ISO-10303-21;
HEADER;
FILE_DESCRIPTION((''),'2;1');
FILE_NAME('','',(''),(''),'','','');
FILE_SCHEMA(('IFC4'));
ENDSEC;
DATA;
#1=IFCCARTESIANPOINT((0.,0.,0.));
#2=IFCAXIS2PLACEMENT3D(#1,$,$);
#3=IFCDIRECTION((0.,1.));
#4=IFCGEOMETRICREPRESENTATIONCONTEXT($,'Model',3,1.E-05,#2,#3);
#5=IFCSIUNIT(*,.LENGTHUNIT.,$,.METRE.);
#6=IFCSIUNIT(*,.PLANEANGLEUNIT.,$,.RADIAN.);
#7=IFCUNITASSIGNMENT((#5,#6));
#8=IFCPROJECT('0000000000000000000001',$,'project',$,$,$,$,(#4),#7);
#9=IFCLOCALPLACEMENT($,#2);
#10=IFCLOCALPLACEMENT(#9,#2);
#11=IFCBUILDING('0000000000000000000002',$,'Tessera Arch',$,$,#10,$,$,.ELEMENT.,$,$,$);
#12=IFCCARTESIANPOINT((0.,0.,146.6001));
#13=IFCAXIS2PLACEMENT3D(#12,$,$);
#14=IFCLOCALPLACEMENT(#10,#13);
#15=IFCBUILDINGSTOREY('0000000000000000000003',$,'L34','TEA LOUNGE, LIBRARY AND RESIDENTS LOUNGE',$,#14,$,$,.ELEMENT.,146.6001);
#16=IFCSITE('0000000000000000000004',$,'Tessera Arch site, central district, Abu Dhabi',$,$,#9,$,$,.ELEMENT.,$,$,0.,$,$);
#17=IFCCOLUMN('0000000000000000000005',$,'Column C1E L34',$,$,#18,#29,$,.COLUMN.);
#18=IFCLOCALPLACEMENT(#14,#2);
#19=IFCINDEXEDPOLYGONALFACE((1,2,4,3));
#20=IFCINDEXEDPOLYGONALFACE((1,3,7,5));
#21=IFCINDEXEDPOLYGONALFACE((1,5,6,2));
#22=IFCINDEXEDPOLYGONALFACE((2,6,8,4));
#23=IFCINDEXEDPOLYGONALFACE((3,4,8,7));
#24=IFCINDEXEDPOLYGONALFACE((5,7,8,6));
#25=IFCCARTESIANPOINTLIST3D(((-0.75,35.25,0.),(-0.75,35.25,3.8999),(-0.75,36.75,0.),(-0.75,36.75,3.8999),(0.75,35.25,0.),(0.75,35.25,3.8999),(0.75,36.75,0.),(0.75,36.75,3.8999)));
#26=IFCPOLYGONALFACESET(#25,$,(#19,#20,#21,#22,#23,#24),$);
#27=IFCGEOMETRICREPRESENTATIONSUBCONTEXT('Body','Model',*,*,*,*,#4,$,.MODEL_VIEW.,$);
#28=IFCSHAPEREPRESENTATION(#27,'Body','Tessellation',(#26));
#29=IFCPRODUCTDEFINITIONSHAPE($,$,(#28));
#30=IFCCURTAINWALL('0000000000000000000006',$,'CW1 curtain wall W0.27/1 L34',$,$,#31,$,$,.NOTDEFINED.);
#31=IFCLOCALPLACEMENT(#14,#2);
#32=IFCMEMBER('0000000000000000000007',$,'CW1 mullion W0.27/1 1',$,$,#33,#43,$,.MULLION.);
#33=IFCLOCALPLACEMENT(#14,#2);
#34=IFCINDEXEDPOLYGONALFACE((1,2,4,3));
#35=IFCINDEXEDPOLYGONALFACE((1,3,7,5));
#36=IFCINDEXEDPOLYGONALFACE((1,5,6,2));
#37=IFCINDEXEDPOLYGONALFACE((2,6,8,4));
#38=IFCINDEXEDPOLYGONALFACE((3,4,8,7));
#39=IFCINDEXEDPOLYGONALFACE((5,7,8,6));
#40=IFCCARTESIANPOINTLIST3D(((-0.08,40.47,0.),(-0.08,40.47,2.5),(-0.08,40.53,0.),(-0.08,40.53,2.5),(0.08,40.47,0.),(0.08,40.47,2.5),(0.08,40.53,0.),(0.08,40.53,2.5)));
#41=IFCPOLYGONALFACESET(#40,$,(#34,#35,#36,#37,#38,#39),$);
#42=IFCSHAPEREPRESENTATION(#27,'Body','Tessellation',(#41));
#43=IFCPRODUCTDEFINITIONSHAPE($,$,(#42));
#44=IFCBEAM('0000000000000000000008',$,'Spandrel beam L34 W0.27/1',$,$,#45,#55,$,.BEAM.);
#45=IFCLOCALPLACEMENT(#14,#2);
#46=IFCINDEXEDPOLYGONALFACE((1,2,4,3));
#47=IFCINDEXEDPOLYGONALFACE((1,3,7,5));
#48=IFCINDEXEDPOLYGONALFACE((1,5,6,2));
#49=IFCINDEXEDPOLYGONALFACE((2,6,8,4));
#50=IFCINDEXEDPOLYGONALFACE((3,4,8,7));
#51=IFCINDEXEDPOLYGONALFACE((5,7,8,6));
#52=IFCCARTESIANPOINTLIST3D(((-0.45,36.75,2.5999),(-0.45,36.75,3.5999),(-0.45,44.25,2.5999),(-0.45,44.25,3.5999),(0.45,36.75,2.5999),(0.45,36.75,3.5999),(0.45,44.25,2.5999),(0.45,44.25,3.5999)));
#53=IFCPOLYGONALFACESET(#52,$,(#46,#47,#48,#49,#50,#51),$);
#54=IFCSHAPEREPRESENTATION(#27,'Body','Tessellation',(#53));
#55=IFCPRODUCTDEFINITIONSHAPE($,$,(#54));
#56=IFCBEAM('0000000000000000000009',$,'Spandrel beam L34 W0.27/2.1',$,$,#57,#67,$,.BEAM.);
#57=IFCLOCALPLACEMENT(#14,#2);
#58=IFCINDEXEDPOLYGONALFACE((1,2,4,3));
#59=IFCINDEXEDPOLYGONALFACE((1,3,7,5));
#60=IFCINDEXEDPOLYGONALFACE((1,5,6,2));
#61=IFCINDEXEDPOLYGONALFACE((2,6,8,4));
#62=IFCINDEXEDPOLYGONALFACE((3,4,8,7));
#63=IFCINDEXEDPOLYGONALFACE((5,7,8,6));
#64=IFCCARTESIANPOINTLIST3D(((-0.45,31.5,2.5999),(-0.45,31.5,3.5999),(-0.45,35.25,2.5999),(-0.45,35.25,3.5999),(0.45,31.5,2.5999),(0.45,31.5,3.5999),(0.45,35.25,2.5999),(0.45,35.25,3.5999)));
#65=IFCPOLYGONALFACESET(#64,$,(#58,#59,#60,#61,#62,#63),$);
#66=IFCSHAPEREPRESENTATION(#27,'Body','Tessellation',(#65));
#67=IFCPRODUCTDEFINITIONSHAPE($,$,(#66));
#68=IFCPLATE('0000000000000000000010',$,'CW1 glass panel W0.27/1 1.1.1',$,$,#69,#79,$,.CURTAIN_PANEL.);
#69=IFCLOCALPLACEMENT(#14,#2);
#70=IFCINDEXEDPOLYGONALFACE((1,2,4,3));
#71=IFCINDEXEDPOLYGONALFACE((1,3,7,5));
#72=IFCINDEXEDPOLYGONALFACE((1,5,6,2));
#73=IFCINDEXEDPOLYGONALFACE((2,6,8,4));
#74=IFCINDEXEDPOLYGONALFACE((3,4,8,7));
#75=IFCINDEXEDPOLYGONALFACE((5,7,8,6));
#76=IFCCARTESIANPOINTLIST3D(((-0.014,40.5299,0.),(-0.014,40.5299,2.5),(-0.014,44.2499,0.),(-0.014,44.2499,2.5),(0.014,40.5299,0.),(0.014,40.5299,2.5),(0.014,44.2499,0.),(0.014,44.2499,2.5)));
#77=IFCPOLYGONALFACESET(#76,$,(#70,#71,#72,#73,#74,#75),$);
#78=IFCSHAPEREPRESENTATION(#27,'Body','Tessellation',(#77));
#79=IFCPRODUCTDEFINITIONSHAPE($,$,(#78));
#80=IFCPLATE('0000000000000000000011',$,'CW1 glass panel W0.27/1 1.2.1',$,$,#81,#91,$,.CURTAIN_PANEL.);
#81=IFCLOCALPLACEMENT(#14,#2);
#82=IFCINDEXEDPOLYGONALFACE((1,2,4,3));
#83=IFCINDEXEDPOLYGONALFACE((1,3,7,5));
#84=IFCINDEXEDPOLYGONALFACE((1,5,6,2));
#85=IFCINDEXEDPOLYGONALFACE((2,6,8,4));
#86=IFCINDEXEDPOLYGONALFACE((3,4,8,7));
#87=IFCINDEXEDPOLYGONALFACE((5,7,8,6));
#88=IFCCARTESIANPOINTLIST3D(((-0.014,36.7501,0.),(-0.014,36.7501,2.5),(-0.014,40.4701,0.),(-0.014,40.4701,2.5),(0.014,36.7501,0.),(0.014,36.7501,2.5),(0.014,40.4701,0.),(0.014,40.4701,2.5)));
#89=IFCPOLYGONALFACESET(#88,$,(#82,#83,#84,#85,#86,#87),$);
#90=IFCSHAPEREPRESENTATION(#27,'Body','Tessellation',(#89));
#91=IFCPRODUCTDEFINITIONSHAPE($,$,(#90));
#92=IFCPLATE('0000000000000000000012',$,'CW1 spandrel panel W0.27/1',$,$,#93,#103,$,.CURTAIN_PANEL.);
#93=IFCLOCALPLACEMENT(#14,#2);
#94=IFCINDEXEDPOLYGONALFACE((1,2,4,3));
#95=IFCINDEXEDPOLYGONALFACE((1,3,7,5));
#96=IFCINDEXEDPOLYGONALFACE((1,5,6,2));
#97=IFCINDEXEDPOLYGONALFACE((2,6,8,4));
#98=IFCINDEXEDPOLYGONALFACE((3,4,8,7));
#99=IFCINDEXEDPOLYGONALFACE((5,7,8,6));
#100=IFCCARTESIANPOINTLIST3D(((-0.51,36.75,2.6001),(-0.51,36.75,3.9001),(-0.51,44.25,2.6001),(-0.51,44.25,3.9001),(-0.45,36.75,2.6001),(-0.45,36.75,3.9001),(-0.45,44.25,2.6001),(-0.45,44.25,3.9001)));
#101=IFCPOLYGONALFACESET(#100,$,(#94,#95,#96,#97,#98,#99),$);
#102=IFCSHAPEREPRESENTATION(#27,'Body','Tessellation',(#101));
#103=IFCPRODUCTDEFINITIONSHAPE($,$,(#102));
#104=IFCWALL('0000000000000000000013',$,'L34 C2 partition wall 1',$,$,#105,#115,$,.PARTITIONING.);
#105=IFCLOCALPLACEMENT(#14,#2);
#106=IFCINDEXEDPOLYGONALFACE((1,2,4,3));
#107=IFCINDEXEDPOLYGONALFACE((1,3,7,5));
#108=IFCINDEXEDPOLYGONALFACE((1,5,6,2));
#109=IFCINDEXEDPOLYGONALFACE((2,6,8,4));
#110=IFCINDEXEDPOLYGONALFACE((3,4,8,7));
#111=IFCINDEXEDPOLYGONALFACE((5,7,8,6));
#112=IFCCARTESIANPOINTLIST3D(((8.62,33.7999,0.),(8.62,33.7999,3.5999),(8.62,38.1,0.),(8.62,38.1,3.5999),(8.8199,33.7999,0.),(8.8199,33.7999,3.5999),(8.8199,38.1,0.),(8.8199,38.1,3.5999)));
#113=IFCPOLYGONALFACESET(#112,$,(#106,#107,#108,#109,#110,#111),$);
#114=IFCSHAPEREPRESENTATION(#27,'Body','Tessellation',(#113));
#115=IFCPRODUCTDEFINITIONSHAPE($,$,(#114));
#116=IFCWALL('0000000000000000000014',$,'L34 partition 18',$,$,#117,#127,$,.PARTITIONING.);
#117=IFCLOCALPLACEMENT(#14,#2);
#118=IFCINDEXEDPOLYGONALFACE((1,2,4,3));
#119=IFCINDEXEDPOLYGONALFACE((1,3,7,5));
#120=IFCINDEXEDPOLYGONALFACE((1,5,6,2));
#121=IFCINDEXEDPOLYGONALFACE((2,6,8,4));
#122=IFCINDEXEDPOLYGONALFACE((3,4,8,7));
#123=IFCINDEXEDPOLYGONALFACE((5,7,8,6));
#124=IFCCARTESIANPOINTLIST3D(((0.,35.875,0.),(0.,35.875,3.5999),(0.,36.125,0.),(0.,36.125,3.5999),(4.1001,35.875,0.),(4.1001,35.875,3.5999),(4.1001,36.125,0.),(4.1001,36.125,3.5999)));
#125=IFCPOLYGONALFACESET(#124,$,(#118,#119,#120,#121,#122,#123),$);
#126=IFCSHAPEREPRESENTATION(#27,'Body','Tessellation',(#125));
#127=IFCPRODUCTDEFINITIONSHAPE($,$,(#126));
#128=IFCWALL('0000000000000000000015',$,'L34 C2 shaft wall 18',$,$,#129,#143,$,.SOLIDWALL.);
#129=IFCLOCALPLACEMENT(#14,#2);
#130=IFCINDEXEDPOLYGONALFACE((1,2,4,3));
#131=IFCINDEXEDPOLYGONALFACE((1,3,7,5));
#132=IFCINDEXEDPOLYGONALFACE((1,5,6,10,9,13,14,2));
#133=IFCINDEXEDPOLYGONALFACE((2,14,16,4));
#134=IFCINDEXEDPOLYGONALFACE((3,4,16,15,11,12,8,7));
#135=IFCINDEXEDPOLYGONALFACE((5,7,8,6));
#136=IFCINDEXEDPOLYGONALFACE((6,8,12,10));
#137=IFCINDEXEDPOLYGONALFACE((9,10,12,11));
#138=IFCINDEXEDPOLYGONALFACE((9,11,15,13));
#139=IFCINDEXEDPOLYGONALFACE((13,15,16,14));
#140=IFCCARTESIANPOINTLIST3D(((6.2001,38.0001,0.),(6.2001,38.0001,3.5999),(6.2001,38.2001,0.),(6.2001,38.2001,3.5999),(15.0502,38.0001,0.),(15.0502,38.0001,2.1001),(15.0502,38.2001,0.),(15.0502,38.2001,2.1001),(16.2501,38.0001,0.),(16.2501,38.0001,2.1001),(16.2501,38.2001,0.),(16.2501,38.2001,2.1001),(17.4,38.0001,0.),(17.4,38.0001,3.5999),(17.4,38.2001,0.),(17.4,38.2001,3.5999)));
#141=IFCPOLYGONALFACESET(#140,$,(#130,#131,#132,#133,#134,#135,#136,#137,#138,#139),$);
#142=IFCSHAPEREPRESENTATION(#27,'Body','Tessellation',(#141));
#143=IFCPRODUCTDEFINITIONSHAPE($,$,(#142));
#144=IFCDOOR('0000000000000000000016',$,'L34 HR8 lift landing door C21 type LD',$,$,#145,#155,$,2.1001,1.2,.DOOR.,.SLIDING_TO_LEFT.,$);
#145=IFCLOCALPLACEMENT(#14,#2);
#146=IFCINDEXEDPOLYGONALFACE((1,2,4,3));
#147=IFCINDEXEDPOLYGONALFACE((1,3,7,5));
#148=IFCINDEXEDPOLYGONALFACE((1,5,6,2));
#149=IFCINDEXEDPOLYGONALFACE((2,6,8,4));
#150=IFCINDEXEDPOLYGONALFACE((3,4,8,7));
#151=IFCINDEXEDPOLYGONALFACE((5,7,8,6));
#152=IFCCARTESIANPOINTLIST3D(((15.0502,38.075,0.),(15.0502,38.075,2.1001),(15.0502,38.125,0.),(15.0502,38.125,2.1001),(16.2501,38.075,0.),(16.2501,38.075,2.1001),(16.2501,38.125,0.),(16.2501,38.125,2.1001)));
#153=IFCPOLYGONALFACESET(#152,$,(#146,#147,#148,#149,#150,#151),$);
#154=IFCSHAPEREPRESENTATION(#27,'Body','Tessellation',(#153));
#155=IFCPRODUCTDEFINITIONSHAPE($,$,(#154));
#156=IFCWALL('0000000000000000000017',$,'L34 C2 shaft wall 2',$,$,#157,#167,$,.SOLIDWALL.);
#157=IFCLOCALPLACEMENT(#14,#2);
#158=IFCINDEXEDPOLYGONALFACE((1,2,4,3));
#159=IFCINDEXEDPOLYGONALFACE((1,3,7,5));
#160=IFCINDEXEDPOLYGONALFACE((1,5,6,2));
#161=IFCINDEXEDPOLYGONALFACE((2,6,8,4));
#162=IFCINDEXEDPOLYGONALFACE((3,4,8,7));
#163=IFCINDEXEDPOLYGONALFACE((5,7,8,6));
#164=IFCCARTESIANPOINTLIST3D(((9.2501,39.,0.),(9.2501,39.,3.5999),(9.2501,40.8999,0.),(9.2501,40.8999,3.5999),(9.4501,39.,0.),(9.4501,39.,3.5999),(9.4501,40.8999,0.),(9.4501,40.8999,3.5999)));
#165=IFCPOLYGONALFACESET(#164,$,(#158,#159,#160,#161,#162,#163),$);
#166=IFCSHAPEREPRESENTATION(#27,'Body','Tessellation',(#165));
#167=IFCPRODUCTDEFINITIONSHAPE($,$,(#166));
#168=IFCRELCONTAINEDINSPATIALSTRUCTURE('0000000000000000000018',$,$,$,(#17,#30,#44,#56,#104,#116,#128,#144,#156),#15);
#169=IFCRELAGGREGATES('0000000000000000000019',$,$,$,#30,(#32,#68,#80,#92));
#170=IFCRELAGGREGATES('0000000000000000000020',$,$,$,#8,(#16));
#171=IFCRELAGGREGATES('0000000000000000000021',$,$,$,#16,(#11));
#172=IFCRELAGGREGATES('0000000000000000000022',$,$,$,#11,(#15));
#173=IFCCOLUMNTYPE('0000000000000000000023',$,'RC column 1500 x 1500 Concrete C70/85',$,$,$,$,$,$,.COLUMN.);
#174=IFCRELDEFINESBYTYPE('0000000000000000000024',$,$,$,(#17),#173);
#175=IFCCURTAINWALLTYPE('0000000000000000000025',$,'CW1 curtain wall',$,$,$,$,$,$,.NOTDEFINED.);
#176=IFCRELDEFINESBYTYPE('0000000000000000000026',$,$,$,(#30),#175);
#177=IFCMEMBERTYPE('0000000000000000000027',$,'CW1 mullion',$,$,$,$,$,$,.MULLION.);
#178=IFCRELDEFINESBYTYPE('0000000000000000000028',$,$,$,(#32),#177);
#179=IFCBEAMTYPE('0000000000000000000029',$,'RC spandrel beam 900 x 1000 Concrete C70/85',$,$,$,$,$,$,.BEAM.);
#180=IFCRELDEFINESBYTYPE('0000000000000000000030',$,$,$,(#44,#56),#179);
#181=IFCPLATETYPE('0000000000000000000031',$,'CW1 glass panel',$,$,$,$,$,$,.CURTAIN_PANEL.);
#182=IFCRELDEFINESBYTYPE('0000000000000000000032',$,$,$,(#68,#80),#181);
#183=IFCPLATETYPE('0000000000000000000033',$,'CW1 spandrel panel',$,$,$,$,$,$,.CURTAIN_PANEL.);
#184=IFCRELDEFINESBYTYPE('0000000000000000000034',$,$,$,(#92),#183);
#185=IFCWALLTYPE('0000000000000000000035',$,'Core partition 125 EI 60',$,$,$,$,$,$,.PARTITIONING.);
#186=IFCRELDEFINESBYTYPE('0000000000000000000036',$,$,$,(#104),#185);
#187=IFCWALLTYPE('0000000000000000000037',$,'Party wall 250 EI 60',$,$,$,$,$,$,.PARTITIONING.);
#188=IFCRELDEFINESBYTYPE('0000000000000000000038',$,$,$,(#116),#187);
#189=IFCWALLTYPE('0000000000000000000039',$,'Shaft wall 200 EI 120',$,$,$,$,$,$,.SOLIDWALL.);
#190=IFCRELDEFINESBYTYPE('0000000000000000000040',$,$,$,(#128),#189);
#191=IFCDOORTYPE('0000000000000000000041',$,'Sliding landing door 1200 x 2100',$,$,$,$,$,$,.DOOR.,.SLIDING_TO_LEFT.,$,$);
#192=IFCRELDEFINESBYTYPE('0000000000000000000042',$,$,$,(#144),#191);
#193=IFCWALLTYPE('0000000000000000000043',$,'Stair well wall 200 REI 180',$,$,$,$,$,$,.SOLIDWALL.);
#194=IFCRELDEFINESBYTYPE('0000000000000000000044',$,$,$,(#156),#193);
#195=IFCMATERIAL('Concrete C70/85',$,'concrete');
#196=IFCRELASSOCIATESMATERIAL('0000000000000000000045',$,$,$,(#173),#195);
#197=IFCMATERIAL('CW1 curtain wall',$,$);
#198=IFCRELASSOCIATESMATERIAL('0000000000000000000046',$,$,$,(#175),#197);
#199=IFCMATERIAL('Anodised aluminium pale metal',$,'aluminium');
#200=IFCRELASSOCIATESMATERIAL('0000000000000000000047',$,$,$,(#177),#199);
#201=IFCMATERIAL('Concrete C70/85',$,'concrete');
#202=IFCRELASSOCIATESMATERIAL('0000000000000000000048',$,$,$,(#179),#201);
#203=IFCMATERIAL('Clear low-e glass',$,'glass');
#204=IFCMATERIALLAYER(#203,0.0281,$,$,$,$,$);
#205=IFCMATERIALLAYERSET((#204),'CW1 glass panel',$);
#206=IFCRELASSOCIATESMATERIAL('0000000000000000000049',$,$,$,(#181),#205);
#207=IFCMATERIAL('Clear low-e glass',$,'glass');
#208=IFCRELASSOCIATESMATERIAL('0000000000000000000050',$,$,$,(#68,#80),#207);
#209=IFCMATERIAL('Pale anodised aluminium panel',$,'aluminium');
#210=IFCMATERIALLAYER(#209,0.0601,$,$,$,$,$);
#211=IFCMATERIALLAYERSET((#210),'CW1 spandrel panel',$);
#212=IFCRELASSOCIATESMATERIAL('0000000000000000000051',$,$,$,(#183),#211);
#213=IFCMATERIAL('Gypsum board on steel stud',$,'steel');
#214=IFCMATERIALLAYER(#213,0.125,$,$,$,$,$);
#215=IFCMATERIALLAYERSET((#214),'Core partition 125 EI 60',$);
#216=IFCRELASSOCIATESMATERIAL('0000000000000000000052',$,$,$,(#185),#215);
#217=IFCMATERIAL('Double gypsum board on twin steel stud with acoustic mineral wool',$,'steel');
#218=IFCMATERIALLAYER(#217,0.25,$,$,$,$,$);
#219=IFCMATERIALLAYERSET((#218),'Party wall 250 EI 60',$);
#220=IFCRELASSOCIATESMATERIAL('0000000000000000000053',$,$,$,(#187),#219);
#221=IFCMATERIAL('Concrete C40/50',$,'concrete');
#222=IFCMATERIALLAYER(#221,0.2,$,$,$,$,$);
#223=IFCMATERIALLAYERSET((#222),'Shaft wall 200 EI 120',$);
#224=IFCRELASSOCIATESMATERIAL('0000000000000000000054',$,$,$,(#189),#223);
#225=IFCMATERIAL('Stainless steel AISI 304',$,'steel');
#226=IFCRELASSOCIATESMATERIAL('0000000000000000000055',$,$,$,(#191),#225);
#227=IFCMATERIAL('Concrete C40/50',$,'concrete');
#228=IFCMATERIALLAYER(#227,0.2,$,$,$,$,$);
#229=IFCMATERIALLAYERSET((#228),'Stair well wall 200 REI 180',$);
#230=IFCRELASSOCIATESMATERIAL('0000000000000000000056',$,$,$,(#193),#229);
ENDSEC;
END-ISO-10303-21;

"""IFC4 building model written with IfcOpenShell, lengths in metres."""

from ifc_helpers import new_model, si_unit, direction, frame, frame_2d, origin, origin_2d, place, context, subcontext, project, spatial, rectangle, extrude, material, layer, layer_set, material_profile, profile_set, type_object, element, fill, aggregate, save


model = new_model("IFC4")

# Units and contexts
model_context = context("Model", 3, precision=1e-05, world=origin(), true_north=direction((0.0, 1.0)))
body_context = subcontext(model_context, "Body", "Model", "MODEL_VIEW")
ifc_project = project(units=[si_unit("LENGTHUNIT", "METRE"), si_unit("PLANEANGLEUNIT", "RADIAN")], contexts=[model_context])

# Site, building, storey
site_placement = place(None, origin())
site = spatial("IfcSite", under=ifc_project, at=site_placement, Name="Tessera Arch site, central district, Abu Dhabi", CompositionType="ELEMENT", RefElevation=0.0)
building_placement = place(site_placement, origin())
building = spatial("IfcBuilding", under=site, at=building_placement, Name="Tessera Arch", CompositionType="ELEMENT")
storey_placement = place(building_placement, frame((0.0, 0.0, 146.6001)))
storey = spatial("IfcBuildingStorey", under=building, at=storey_placement, Name="L34", Description="TEA LOUNGE, LIBRARY AND RESIDENTS LOUNGE", CompositionType="ELEMENT", Elevation=146.6001)

# Column
ifc_material_1 = material(Name="Concrete C70/85", Category="concrete")
ifc_material_profile_1 = material_profile(ifc_material_1, rectangle(XDim=1.5, YDim=1.5, at=origin_2d()), Name="RC column 1500 x 1500 Concrete C70/85")
ifc_profile_set_1 = profile_set([ifc_material_profile_1], Name="Concrete C70/85")
column_type = type_object("IfcColumnType", Name="RC column 1500 x 1500 Concrete C70/85", PredefinedType="COLUMN", material=ifc_profile_set_1)
column_placement = place(storey_placement, frame((0.0, 36.0, 0.0), z_axis=(0.0, 0.0, 1.0), x_axis=(1.0, 0.0, 0.0)))
element("IfcColumn", 1, at=column_placement, inside=storey, type_object=column_type, Name="Column C1E L34", PredefinedType="COLUMN", context=body_context, shape_type="SweptSolid", body=[
    extrude(rectangle(XDim=1.5, YDim=1.5, at=origin_2d()), origin(), (0.0, 0.0, 1.0), 3.8999),
])

# Curtain wall, member
ifc_material_2 = material(Name="CW1 curtain wall")
curtain_wall_type = type_object("IfcCurtainWallType", Name="CW1 curtain wall", PredefinedType="NOTDEFINED", material=ifc_material_2)
curtain_wall_placement = place(storey_placement, origin())
curtain_wall = element("IfcCurtainWall", 2, at=curtain_wall_placement, inside=storey, type_object=curtain_wall_type, Name="CW1 curtain wall W0.27/1 L34", PredefinedType="NOTDEFINED")
ifc_material_3 = material(Name="Anodised aluminium pale metal", Category="aluminium")
ifc_material_profile_2 = material_profile(ifc_material_3, rectangle(XDim=0.1599, YDim=0.0601, at=origin_2d()), Name="AL 60x160")
ifc_profile_set_2 = profile_set([ifc_material_profile_2], Name="Anodised aluminium pale metal")
member_type = type_object("IfcMemberType", Name="CW1 mullion", PredefinedType="MULLION", material=ifc_profile_set_2)
member_placement = place(storey_placement, frame((0.0, 40.5, 0.0), z_axis=(0.0, 0.0, 1.0), x_axis=(1.0, 0.0, 0.0)))
member = element("IfcMember", 3, at=member_placement, type_object=member_type, Name="CW1 mullion W0.27/1 1", PredefinedType="MULLION", context=body_context, shape_type="SweptSolid", body=[
    extrude(rectangle(XDim=0.1599, YDim=0.0601, at=origin_2d()), origin(), (0.0, 0.0, 1.0), 2.5),
])

# Beams
ifc_material_4 = material(Name="Concrete C70/85", Category="concrete")
ifc_material_profile_3 = material_profile(ifc_material_4, rectangle(XDim=0.8999, YDim=1.0, at=origin_2d()), Name="RC spandrel beam 900 x 1000 Concrete C70/85")
ifc_profile_set_3 = profile_set([ifc_material_profile_3], Name="Concrete C70/85")
beam_type = type_object("IfcBeamType", Name="RC spandrel beam 900 x 1000 Concrete C70/85", PredefinedType="BEAM", material=ifc_profile_set_3)
beam_1_placement = place(storey_placement, frame((0.0, 44.25, 3.0999), z_axis=(0.0, -1.0, 0.0), x_axis=(1.0, 0.0, 0.0)))
element("IfcBeam", 4, at=beam_1_placement, inside=storey, type_object=beam_type, Name="Spandrel beam L34 W0.27/1", PredefinedType="BEAM", context=body_context, shape_type="SweptSolid", body=[
    extrude(rectangle(XDim=0.8999, YDim=1.0, at=origin_2d()), origin(), (0.0, 0.0, 1.0), 7.5),
])
beam_2_placement = place(storey_placement, frame((0.0, 35.25, 3.0999), z_axis=(0.0, -1.0, 0.0), x_axis=(1.0, 0.0, 0.0)))
element("IfcBeam", 5, at=beam_2_placement, inside=storey, type_object=beam_type, Name="Spandrel beam L34 W0.27/2.1", PredefinedType="BEAM", context=body_context, shape_type="SweptSolid", body=[
    extrude(rectangle(XDim=0.8999, YDim=1.0, at=origin_2d()), origin(), (0.0, 0.0, 1.0), 3.75),
])

# Plates
ifc_material_5 = material(Name="Clear low-e glass", Category="glass")
ifc_material_6 = material(Name="Clear low-e glass", Category="glass")
ifc_layer_1 = layer(ifc_material_6, 0.0281)
ifc_layer_set_1 = layer_set([ifc_layer_1], Name="CW1 glass panel")
plate_type_1 = type_object("IfcPlateType", Name="CW1 glass panel", PredefinedType="CURTAIN_PANEL", material=ifc_layer_set_1)
plate_1_placement = place(storey_placement, frame((0.0, 42.3899, 0.0), z_axis=(0.0, 0.0, 1.0), x_axis=(0.0, -1.0, 0.0)))
plate_1 = element("IfcPlate", 6, at=plate_1_placement, type_object=plate_type_1, material=ifc_material_5, Name="CW1 glass panel W0.27/1 1.1.1", PredefinedType="CURTAIN_PANEL", context=body_context, shape_type="SweptSolid", body=[
    extrude(rectangle(XDim=3.72, YDim=0.0281, at=origin_2d()), origin(), (0.0, 0.0, 1.0), 2.5),
])
plate_2_placement = place(storey_placement, frame((0.0, 38.6101, 0.0), z_axis=(0.0, 0.0, 1.0), x_axis=(0.0, -1.0, 0.0)))
plate_2 = element("IfcPlate", 7, at=plate_2_placement, type_object=plate_type_1, material=ifc_material_5, Name="CW1 glass panel W0.27/1 1.2.1", PredefinedType="CURTAIN_PANEL", context=body_context, shape_type="SweptSolid", body=[
    extrude(rectangle(XDim=3.72, YDim=0.0281, at=origin_2d()), origin(), (0.0, 0.0, 1.0), 2.5),
])
ifc_material_7 = material(Name="Pale anodised aluminium panel", Category="aluminium")
ifc_layer_2 = layer(ifc_material_7, 0.0601)
ifc_layer_set_2 = layer_set([ifc_layer_2], Name="CW1 spandrel panel")
plate_type_2 = type_object("IfcPlateType", Name="CW1 spandrel panel", PredefinedType="CURTAIN_PANEL", material=ifc_layer_set_2)
plate_3_placement = place(storey_placement, frame((-0.48, 40.5, 2.6001), z_axis=(0.0, 0.0, 1.0), x_axis=(0.0, -1.0, 0.0)))
plate_3 = element("IfcPlate", 8, at=plate_3_placement, type_object=plate_type_2, Name="CW1 spandrel panel W0.27/1", PredefinedType="CURTAIN_PANEL", context=body_context, shape_type="SweptSolid", body=[
    extrude(rectangle(XDim=7.5, YDim=0.0601, at=origin_2d()), origin(), (0.0, 0.0, 1.0), 1.3),
])
aggregate(curtain_wall, [member, plate_1, plate_2, plate_3])

# Walls
ifc_material_8 = material(Name="Gypsum board on steel stud", Category="steel")
ifc_layer_3 = layer(ifc_material_8, 0.125)
ifc_layer_set_3 = layer_set([ifc_layer_3], Name="Core partition 125 EI 60")
wall_type_1 = type_object("IfcWallType", Name="Core partition 125 EI 60", PredefinedType="PARTITIONING", material=ifc_layer_set_3)
wall_1_placement = place(storey_placement, frame((8.72, 33.8, 0.0), z_axis=(0.0, 0.0, 1.0), x_axis=(0.0, 1.0, 0.0)))
element("IfcWall", 9, at=wall_1_placement, inside=storey, type_object=wall_type_1, Name="L34 C2 partition wall 1", PredefinedType="PARTITIONING", context=body_context, shape_type="SweptSolid", body=[
    extrude(rectangle(XDim=4.3, YDim=0.2, at=frame_2d((2.1499, 0.0))), origin(), (0.0, 0.0, 1.0), 3.5999),
])
ifc_material_9 = material(Name="Double gypsum board on twin steel stud with acoustic mineral wool", Category="steel")
ifc_layer_4 = layer(ifc_material_9, 0.25)
ifc_layer_set_4 = layer_set([ifc_layer_4], Name="Party wall 250 EI 60")
wall_type_2 = type_object("IfcWallType", Name="Party wall 250 EI 60", PredefinedType="PARTITIONING", material=ifc_layer_set_4)
wall_2_placement = place(storey_placement, frame((0.0, 36.0, 0.0), z_axis=(0.0, 0.0, 1.0), x_axis=(1.0, 0.0, 0.0)))
element("IfcWall", 10, at=wall_2_placement, inside=storey, type_object=wall_type_2, Name="L34 partition 18", PredefinedType="PARTITIONING", context=body_context, shape_type="SweptSolid", body=[
    extrude(rectangle(XDim=4.1001, YDim=0.25, at=frame_2d((2.05, 0.0))), origin(), (0.0, 0.0, 1.0), 3.5999),
])

# Wall, opening, door
ifc_material_10 = material(Name="Concrete C40/50", Category="concrete")
ifc_layer_5 = layer(ifc_material_10, 0.2)
ifc_layer_set_5 = layer_set([ifc_layer_5], Name="Shaft wall 200 EI 120")
wall_type_3 = type_object("IfcWallType", Name="Shaft wall 200 EI 120", PredefinedType="SOLIDWALL", material=ifc_layer_set_5)
wall_3_placement = place(storey_placement, frame((6.2, 38.1001, 0.0), z_axis=(0.0, 0.0, 1.0), x_axis=(1.0, 0.0, 0.0)))
wall_3 = element("IfcWall", 11, at=wall_3_placement, inside=storey, type_object=wall_type_3, Name="L34 C2 shaft wall 18", PredefinedType="SOLIDWALL", context=body_context, shape_type="SweptSolid", body=[
    extrude(rectangle(XDim=11.2, YDim=0.2, at=frame_2d((5.6001, 0.0))), origin(), (0.0, 0.0, 1.0), 3.5999),
])
opening_placement = place(wall_3_placement, frame((8.8501, 0.0, 0.0)))
opening = element("IfcOpeningElement", 12, at=opening_placement, cuts=wall_3, PredefinedType="OPENING", context=body_context, shape_type="SweptSolid", body=[
    extrude(rectangle(XDim=1.2, YDim=2.1001, at=frame_2d((0.6001, 1.05))), frame((0.0, 0.1099, 0.0), z_axis=(0.0, -1.0, 0.0), x_axis=(1.0, 0.0, 0.0)), (0.0, 0.0, 1.0), 0.22),
])
ifc_material_11 = material(Name="Stainless steel AISI 304", Category="steel")
door_type = type_object("IfcDoorType", Name="Sliding landing door 1200 x 2100", OperationType="SLIDING_TO_LEFT", PredefinedType="DOOR", material=ifc_material_11)
door_placement = place(opening_placement, origin())
door = element("IfcDoor", 13, at=door_placement, inside=storey, type_object=door_type, Name="L34 HR8 lift landing door C21 type LD", OperationType="SLIDING_TO_LEFT", OverallHeight=2.1001, OverallWidth=1.2, PredefinedType="DOOR", context=body_context, shape_type="SweptSolid", body=[
    extrude(rectangle(XDim=1.2, YDim=2.1001, at=frame_2d((0.6001, 1.05))), frame((0.0, 0.0249, 0.0), z_axis=(0.0, -1.0, 0.0), x_axis=(1.0, 0.0, 0.0)), (0.0, 0.0, 1.0), 0.05),
])
fill(opening, door)

# Wall
ifc_material_12 = material(Name="Concrete C40/50", Category="concrete")
ifc_layer_6 = layer(ifc_material_12, 0.2)
ifc_layer_set_6 = layer_set([ifc_layer_6], Name="Stair well wall 200 REI 180")
wall_type_4 = type_object("IfcWallType", Name="Stair well wall 200 REI 180", PredefinedType="SOLIDWALL", material=ifc_layer_set_6)
wall_4_placement = place(storey_placement, frame((9.3501, 39.0, 0.0), z_axis=(0.0, 0.0, 1.0), x_axis=(0.0, 1.0, 0.0)))
element("IfcWall", 14, at=wall_4_placement, inside=storey, type_object=wall_type_4, Name="L34 C2 shaft wall 2", PredefinedType="SOLIDWALL", context=body_context, shape_type="SweptSolid", body=[
    extrude(rectangle(XDim=1.8999, YDim=0.2, at=frame_2d((0.95, 0.0))), origin(), (0.0, 0.0, 1.0), 3.5999),
])

save(model, "model.ifc")
